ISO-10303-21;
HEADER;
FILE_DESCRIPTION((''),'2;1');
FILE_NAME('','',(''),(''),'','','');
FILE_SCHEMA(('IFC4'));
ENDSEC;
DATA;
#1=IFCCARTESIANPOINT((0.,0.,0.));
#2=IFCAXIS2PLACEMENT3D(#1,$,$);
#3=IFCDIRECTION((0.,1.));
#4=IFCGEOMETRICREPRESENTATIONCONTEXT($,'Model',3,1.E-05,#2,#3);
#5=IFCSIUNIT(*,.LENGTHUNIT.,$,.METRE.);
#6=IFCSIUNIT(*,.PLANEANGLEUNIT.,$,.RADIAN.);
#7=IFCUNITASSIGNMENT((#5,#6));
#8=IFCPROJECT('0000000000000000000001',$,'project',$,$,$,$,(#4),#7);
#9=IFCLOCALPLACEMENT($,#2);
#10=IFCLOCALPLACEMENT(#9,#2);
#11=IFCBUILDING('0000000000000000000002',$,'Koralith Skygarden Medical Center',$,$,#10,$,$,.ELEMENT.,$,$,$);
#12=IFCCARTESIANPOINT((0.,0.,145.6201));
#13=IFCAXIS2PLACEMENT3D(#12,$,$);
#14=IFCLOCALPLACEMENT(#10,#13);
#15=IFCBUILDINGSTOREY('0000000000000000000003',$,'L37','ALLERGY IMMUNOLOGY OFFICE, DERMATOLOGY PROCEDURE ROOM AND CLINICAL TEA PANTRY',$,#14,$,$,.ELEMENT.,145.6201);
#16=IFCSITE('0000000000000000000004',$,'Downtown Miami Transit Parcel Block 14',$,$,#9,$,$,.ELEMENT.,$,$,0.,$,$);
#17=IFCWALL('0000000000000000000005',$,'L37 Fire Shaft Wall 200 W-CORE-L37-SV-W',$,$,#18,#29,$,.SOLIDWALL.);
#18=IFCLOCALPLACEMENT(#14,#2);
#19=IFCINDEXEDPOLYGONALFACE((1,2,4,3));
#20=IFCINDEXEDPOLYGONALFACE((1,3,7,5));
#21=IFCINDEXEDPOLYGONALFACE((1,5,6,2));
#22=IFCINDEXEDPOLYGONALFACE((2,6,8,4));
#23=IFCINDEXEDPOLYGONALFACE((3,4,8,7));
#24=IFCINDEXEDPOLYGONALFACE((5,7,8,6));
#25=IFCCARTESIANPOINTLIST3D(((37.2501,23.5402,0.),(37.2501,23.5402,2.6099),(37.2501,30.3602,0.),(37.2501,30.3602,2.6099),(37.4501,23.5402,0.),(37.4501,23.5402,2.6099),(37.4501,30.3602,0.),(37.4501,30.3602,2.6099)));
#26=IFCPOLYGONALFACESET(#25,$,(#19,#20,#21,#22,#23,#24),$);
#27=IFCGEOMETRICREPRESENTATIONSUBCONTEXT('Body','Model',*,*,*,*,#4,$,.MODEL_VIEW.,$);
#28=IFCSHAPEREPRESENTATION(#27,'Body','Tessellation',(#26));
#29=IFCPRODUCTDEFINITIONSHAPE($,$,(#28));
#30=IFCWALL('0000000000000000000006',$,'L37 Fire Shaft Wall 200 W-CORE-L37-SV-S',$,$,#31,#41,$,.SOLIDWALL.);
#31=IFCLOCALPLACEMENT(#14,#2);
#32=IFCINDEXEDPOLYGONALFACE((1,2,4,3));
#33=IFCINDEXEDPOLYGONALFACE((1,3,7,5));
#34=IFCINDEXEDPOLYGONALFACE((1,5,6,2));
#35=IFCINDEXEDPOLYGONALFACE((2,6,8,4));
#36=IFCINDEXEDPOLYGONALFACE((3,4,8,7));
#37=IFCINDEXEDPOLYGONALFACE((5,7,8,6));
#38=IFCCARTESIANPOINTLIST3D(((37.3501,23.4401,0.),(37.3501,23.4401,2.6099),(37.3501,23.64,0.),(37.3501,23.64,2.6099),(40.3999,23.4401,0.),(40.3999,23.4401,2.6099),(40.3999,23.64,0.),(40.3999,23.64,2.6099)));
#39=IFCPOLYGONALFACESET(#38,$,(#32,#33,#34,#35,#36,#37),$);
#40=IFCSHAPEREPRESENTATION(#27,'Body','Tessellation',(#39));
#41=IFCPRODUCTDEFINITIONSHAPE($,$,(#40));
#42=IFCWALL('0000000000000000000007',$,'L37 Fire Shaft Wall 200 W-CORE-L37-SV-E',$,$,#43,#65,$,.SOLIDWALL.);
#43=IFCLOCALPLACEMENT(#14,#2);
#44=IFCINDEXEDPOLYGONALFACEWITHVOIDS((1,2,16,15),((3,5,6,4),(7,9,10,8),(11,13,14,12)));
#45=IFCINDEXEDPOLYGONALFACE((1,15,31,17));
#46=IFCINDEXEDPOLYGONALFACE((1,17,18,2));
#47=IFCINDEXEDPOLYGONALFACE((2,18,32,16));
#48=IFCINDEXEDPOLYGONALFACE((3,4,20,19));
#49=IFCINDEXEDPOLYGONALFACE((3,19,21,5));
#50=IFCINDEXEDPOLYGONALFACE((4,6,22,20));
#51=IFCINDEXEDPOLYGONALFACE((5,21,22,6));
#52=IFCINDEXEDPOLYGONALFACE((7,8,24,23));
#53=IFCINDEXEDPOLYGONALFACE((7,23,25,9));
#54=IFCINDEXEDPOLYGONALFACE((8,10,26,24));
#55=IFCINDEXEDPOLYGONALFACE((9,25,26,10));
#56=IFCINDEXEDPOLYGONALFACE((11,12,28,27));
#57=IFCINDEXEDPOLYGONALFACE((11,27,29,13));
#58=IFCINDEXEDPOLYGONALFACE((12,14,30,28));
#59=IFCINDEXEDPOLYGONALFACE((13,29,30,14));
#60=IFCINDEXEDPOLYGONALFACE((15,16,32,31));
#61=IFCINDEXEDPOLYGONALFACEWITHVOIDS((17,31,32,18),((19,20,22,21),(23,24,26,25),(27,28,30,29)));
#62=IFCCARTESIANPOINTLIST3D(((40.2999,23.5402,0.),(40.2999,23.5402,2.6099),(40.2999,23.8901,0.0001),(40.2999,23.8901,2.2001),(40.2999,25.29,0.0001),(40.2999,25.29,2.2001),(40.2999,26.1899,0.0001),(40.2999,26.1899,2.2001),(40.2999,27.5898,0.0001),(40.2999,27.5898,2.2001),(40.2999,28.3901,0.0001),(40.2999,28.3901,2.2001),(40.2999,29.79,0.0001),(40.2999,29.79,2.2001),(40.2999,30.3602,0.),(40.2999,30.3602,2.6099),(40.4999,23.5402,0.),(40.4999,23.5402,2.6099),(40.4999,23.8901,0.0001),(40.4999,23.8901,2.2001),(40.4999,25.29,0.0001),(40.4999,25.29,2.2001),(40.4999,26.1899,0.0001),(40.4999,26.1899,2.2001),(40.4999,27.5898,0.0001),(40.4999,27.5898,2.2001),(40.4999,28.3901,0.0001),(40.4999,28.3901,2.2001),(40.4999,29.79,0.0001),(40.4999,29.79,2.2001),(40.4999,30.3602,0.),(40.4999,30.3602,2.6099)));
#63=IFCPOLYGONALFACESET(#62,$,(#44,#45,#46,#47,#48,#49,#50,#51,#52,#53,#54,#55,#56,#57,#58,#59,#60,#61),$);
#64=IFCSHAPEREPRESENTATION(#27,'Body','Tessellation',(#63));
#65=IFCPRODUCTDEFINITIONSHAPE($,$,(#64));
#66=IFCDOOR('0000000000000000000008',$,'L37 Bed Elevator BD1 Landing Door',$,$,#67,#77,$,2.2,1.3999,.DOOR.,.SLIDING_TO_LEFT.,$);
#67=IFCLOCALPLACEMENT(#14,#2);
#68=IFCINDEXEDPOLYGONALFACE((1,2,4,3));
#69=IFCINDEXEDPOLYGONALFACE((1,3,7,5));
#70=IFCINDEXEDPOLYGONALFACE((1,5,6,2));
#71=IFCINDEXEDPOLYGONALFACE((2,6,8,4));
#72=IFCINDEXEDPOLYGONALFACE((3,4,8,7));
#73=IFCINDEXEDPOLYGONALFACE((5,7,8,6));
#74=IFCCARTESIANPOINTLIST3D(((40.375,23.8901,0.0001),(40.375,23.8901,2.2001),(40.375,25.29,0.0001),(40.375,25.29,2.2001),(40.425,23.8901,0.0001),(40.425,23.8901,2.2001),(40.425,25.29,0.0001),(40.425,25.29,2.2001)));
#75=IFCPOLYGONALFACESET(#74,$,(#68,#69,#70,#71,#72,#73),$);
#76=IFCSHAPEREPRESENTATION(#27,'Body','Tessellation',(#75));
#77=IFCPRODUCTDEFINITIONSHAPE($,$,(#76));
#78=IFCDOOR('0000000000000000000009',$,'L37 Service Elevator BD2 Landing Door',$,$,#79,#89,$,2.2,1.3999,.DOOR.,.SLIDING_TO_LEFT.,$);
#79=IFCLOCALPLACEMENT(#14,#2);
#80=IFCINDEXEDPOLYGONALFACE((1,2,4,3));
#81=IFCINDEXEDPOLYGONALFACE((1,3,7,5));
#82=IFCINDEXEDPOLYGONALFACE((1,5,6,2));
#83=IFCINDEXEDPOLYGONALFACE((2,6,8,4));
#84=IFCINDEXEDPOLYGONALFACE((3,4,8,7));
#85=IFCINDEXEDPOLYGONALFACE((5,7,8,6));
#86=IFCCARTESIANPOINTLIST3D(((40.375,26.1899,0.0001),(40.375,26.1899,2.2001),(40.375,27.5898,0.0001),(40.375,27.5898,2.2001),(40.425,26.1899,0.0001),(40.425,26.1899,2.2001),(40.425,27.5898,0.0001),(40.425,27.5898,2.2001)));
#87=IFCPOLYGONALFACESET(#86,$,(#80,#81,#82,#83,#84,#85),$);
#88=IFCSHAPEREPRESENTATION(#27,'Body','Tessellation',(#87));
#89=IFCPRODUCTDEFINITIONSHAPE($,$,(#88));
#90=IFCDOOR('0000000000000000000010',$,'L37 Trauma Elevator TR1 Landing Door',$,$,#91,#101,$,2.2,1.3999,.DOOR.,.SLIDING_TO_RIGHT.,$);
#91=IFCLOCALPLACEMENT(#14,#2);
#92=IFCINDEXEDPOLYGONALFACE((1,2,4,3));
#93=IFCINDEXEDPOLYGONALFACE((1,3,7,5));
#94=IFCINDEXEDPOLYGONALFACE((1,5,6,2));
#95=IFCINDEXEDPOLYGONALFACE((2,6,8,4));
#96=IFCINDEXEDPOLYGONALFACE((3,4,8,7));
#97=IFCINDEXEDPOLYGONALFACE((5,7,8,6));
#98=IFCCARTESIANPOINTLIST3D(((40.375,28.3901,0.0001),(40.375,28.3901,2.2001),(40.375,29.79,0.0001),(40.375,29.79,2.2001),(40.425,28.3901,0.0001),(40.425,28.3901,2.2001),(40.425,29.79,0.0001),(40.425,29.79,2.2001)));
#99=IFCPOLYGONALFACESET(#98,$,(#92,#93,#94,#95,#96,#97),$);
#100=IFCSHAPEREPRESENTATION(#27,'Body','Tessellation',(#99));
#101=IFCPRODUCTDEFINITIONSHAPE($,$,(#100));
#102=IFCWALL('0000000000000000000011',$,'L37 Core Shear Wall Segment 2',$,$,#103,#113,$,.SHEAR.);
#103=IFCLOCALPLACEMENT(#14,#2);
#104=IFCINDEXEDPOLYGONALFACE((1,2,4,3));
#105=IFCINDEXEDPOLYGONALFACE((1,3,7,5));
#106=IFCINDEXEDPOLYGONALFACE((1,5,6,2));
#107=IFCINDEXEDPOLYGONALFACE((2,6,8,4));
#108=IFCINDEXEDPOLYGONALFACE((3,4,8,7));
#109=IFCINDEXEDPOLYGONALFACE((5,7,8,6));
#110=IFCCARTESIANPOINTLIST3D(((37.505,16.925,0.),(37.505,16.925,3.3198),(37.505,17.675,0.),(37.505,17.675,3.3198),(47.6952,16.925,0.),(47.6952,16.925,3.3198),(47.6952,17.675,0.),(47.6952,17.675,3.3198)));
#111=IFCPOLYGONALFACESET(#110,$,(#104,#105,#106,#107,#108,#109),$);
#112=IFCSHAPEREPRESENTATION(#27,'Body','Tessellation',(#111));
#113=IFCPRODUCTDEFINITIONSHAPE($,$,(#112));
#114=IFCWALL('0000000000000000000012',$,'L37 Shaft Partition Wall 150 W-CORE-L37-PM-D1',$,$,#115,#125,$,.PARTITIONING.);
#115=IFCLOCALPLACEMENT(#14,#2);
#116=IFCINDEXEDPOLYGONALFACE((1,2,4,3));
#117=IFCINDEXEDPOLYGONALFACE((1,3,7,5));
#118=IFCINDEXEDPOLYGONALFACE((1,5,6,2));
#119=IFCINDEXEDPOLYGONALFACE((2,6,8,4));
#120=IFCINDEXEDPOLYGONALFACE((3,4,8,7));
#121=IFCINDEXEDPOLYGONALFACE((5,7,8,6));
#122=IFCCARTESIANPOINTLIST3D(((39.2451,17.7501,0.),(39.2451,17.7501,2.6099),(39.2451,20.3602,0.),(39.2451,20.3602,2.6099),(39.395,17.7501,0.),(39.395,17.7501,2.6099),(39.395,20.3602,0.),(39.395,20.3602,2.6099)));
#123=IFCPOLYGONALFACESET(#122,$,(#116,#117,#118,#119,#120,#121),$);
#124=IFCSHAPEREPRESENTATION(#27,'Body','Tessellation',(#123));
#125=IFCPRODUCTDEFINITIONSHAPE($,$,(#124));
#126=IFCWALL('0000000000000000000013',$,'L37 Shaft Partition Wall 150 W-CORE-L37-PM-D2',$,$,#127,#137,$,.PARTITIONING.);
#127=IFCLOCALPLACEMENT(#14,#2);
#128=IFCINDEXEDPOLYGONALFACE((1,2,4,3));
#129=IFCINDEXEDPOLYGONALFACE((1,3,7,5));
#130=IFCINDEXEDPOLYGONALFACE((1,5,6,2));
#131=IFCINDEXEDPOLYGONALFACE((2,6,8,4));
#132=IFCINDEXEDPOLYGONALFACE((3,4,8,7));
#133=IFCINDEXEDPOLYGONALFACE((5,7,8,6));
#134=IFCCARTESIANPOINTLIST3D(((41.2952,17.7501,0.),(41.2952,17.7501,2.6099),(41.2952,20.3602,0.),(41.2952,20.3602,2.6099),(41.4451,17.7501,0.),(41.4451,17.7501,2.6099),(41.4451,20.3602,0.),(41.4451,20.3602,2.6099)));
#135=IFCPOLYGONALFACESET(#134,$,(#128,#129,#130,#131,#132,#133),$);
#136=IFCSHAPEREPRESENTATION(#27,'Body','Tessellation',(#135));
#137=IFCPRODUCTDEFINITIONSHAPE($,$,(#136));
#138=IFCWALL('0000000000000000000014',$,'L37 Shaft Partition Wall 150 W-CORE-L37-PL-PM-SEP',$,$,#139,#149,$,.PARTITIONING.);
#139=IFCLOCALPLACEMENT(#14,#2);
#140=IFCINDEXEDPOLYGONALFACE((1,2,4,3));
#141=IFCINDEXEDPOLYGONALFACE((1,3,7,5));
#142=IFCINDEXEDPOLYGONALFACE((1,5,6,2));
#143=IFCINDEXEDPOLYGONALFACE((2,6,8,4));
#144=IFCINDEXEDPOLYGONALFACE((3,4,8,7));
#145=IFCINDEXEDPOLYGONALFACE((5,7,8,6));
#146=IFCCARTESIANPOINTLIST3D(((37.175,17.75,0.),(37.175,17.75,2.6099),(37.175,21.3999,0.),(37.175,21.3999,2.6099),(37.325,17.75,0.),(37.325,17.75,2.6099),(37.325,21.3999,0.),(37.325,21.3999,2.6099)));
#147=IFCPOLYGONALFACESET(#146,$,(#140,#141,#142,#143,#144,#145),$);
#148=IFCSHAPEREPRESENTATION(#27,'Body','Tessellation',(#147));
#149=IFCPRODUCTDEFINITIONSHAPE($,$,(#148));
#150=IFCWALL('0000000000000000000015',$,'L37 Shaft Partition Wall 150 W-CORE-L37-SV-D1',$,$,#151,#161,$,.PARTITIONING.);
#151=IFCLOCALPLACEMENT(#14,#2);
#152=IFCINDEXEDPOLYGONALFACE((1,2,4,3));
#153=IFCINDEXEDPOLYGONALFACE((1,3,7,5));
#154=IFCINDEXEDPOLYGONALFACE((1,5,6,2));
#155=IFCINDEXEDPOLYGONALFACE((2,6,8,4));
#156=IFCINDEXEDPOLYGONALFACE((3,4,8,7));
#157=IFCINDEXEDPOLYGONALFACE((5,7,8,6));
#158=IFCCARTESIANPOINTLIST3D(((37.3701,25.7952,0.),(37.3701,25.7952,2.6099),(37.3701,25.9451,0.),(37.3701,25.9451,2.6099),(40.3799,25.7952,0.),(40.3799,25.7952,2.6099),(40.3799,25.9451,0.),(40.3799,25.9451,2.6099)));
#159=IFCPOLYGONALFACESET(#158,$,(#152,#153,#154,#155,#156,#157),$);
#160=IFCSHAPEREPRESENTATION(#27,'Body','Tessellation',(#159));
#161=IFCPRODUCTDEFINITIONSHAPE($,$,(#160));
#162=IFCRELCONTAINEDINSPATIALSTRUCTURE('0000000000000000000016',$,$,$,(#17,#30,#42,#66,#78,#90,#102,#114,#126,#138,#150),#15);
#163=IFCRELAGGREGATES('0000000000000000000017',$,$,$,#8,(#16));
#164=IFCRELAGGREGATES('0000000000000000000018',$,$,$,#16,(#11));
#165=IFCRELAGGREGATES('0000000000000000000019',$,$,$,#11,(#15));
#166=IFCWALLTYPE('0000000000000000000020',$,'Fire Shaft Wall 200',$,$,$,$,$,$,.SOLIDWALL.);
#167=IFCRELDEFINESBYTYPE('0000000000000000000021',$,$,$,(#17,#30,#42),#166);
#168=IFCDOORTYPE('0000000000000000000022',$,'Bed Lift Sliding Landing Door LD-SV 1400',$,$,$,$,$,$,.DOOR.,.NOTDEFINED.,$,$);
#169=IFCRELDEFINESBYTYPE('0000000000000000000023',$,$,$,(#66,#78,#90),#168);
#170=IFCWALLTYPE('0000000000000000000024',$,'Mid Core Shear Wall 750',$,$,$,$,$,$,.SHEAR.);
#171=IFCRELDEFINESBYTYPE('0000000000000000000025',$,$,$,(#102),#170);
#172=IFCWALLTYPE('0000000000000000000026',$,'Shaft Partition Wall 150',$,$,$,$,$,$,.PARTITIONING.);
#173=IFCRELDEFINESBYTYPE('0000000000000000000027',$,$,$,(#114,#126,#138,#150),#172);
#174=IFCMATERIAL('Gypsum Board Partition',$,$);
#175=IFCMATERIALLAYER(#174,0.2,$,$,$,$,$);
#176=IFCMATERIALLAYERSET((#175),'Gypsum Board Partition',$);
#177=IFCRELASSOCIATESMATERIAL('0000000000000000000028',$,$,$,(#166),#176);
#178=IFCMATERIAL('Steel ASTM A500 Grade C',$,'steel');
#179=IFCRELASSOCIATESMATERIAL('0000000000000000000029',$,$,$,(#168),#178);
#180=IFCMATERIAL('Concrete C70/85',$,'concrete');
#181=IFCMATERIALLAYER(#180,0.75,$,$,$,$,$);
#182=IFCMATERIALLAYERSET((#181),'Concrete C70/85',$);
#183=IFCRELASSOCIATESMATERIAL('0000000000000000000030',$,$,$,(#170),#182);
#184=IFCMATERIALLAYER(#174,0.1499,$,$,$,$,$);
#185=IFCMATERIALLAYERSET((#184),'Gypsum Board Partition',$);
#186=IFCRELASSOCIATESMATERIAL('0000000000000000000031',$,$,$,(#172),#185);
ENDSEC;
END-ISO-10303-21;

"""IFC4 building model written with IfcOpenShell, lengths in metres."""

from ifc_helpers import new_model, si_unit, direction, frame, frame_2d, origin, place, context, subcontext, project, spatial, rectangle, extrude, material, layer, layer_set, type_object, element, fill, save


model = new_model("IFC4")

# Units and contexts
model_context = context("Model", 3, precision=1e-05, world=origin(), true_north=direction((0.0, 1.0)))
body_context = subcontext(model_context, "Body", "Model", "MODEL_VIEW")
ifc_project = project(units=[si_unit("LENGTHUNIT", "METRE"), si_unit("PLANEANGLEUNIT", "RADIAN")], contexts=[model_context])

# Site, building, storey
site_placement = place(None, origin())
site = spatial("IfcSite", under=ifc_project, at=site_placement, Name="Downtown Miami Transit Parcel Block 14", CompositionType="ELEMENT", RefElevation=0.0)
building_placement = place(site_placement, origin())
building = spatial("IfcBuilding", under=site, at=building_placement, Name="Koralith Skygarden Medical Center", CompositionType="ELEMENT")
storey_placement = place(building_placement, frame((0.0, 0.0, 145.6201)))
storey = spatial("IfcBuildingStorey", under=building, at=storey_placement, Name="L37", Description="ALLERGY IMMUNOLOGY OFFICE, DERMATOLOGY PROCEDURE ROOM AND CLINICAL TEA PANTRY", CompositionType="ELEMENT", Elevation=145.6201)

# Shared definitions
ifc_material_1 = material(Name="Gypsum Board Partition")

# Shared definitions
ifc_layer_1 = layer(ifc_material_1, 0.2)
ifc_layer_set_1 = layer_set([ifc_layer_1], Name="Gypsum Board Partition")
wall_type_1 = type_object("IfcWallType", Name="Fire Shaft Wall 200", PredefinedType="SOLIDWALL", material=ifc_layer_set_1)
ifc_material_2 = material(Name="Steel ASTM A500 Grade C", Category="steel")

# Walls
wall_1_placement = place(storey_placement, frame((37.3501, 23.54, 0.0), z_axis=(0.0, 0.0, 1.0), x_axis=(0.0, 1.0, 0.0)))
element("IfcWall", 1, at=wall_1_placement, inside=storey, type_object=wall_type_1, Name="L37 Fire Shaft Wall 200 W-CORE-L37-SV-W", PredefinedType="SOLIDWALL", context=body_context, shape_type="SweptSolid", body=[
    extrude(rectangle(XDim=6.8201, YDim=0.2, at=frame_2d((3.4102, 0.0))), origin(), (0.0, 0.0, 1.0), 2.6099),
])
wall_2_placement = place(storey_placement, frame((37.3501, 23.54, 0.0), z_axis=(0.0, 0.0, 1.0), x_axis=(1.0, 0.0, 0.0)))
element("IfcWall", 2, at=wall_2_placement, inside=storey, type_object=wall_type_1, Name="L37 Fire Shaft Wall 200 W-CORE-L37-SV-S", PredefinedType="SOLIDWALL", context=body_context, shape_type="SweptSolid", body=[
    extrude(rectangle(XDim=3.0498, YDim=0.2, at=frame_2d((1.5249, 0.0))), origin(), (0.0, 0.0, 1.0), 2.6099),
])

# Wall, openings, doors
wall_3_placement = place(storey_placement, frame((40.3999, 23.54, 0.0), z_axis=(0.0, 0.0, 1.0), x_axis=(0.0, 1.0, 0.0)))
wall_3 = element("IfcWall", 3, at=wall_3_placement, inside=storey, type_object=wall_type_1, Name="L37 Fire Shaft Wall 200 W-CORE-L37-SV-E", PredefinedType="SOLIDWALL", context=body_context, shape_type="SweptSolid", body=[
    extrude(rectangle(XDim=6.8201, YDim=0.2, at=frame_2d((3.4102, 0.0))), origin(), (0.0, 0.0, 1.0), 2.6099),
])
opening_1_placement = place(wall_3_placement, frame((0.3501, 0.0, 0.0)))
opening_1 = element("IfcOpeningElement", 4, at=opening_1_placement, cuts=wall_3, PredefinedType="OPENING", context=body_context, shape_type="SweptSolid", body=[
    extrude(rectangle(XDim=1.3999, YDim=2.2, at=frame_2d((0.7, 1.1001))), frame((0.0, 0.1099, 0.0), z_axis=(0.0, -1.0, 0.0), x_axis=(1.0, 0.0, 0.0)), (0.0, 0.0, 1.0), 0.22),
])
opening_2_placement = place(wall_3_placement, frame((2.6499, 0.0, 0.0)))
opening_2 = element("IfcOpeningElement", 5, at=opening_2_placement, cuts=wall_3, PredefinedType="OPENING", context=body_context, shape_type="SweptSolid", body=[
    extrude(rectangle(XDim=1.3999, YDim=2.2, at=frame_2d((0.7, 1.1001))), frame((0.0, 0.1099, 0.0), z_axis=(0.0, -1.0, 0.0), x_axis=(1.0, 0.0, 0.0)), (0.0, 0.0, 1.0), 0.22),
])
opening_3_placement = place(wall_3_placement, frame((4.8501, 0.0, 0.0)))
opening_3 = element("IfcOpeningElement", 6, at=opening_3_placement, cuts=wall_3, PredefinedType="OPENING", context=body_context, shape_type="SweptSolid", body=[
    extrude(rectangle(XDim=1.3999, YDim=2.2, at=frame_2d((0.7, 1.1001))), frame((0.0, 0.1099, 0.0), z_axis=(0.0, -1.0, 0.0), x_axis=(1.0, 0.0, 0.0)), (0.0, 0.0, 1.0), 0.22),
])
door_type_1 = type_object("IfcDoorType", Name="Bed Lift Sliding Landing Door LD-SV 1400", OperationType="NOTDEFINED", PredefinedType="DOOR", material=ifc_material_2)
door_1_placement = place(opening_1_placement, origin())
door_1 = element("IfcDoor", 7, at=door_1_placement, inside=storey, type_object=door_type_1, Name="L37 Bed Elevator BD1 Landing Door", OperationType="SLIDING_TO_LEFT", OverallHeight=2.2, OverallWidth=1.3999, PredefinedType="DOOR", context=body_context, shape_type="SweptSolid", body=[
    extrude(rectangle(XDim=1.3999, YDim=2.2, at=frame_2d((0.7, 1.1001))), frame((0.0, 0.0249, 0.0), z_axis=(0.0, -1.0, 0.0), x_axis=(1.0, 0.0, 0.0)), (0.0, 0.0, 1.0), 0.05),
])
fill(opening_1, door_1)
door_2_placement = place(opening_2_placement, origin())
door_2 = element("IfcDoor", 8, at=door_2_placement, inside=storey, type_object=door_type_1, Name="L37 Service Elevator BD2 Landing Door", OperationType="SLIDING_TO_LEFT", OverallHeight=2.2, OverallWidth=1.3999, PredefinedType="DOOR", context=body_context, shape_type="SweptSolid", body=[
    extrude(rectangle(XDim=1.3999, YDim=2.2, at=frame_2d((0.7, 1.1001))), frame((0.0, 0.0249, 0.0), z_axis=(0.0, -1.0, 0.0), x_axis=(1.0, 0.0, 0.0)), (0.0, 0.0, 1.0), 0.05),
])
fill(opening_2, door_2)
door_3_placement = place(opening_3_placement, origin())
door_3 = element("IfcDoor", 9, at=door_3_placement, inside=storey, type_object=door_type_1, Name="L37 Trauma Elevator TR1 Landing Door", OperationType="SLIDING_TO_RIGHT", OverallHeight=2.2, OverallWidth=1.3999, PredefinedType="DOOR", context=body_context, shape_type="SweptSolid", body=[
    extrude(rectangle(XDim=1.3999, YDim=2.2, at=frame_2d((0.7, 1.1001))), frame((0.0, 0.0249, 0.0), z_axis=(0.0, -1.0, 0.0), x_axis=(1.0, 0.0, 0.0)), (0.0, 0.0, 1.0), 0.05),
])
fill(opening_3, door_3)

# Walls
ifc_material_3 = material(Name="Concrete C70/85", Category="concrete")
ifc_layer_2 = layer(ifc_material_3, 0.75)
ifc_layer_set_2 = layer_set([ifc_layer_2], Name="Concrete C70/85")
wall_type_2 = type_object("IfcWallType", Name="Mid Core Shear Wall 750", PredefinedType="SHEAR", material=ifc_layer_set_2)
wall_4_placement = place(storey_placement, frame((37.5049, 17.3, 0.0), z_axis=(0.0, 0.0, 1.0), x_axis=(1.0, 0.0, 0.0)))
element("IfcWall", 10, at=wall_4_placement, inside=storey, type_object=wall_type_2, Name="L37 Core Shear Wall Segment 2", PredefinedType="SHEAR", context=body_context, shape_type="SweptSolid", body=[
    extrude(rectangle(XDim=10.1902, YDim=0.75, at=frame_2d((5.0952, 0.0))), origin(), (0.0, 0.0, 1.0), 3.3198),
])
ifc_layer_3 = layer(ifc_material_1, 0.1499)
ifc_layer_set_3 = layer_set([ifc_layer_3], Name="Gypsum Board Partition")
wall_type_3 = type_object("IfcWallType", Name="Shaft Partition Wall 150", PredefinedType="PARTITIONING", material=ifc_layer_set_3)
for number, where, z_axis, x_axis, name in (
    (11, (39.3201, 17.75, 0.0), (0.0, 0.0, 1.0), (0.0, 1.0, 0.0), "L37 Shaft Partition Wall 150 W-CORE-L37-PM-D1"),
    (12, (41.3701, 17.75, 0.0), (0.0, 0.0, 1.0), (0.0, 1.0, 0.0), "L37 Shaft Partition Wall 150 W-CORE-L37-PM-D2"),
):
    element("IfcWall", number, at=place(storey_placement, frame(where, z_axis=z_axis, x_axis=x_axis)), inside=storey, type_object=wall_type_3, Name=name, PredefinedType="PARTITIONING", context=body_context, shape_type="SweptSolid", body=[
        extrude(rectangle(XDim=2.6101, YDim=0.1499, at=frame_2d((1.3052, 0.0))), origin(), (0.0, 0.0, 1.0), 2.6099),
    ])
wall_5_placement = place(storey_placement, frame((37.25, 17.75, 0.0), z_axis=(0.0, 0.0, 1.0), x_axis=(0.0, 1.0, 0.0)))
element("IfcWall", 13, at=wall_5_placement, inside=storey, type_object=wall_type_3, Name="L37 Shaft Partition Wall 150 W-CORE-L37-PL-PM-SEP", PredefinedType="PARTITIONING", context=body_context, shape_type="SweptSolid", body=[
    extrude(rectangle(XDim=3.6499, YDim=0.1499, at=frame_2d((1.825, 0.0))), origin(), (0.0, 0.0, 1.0), 2.6099),
])
wall_6_placement = place(storey_placement, frame((37.3701, 25.8701, 0.0), z_axis=(0.0, 0.0, 1.0), x_axis=(1.0, 0.0, 0.0)))
element("IfcWall", 14, at=wall_6_placement, inside=storey, type_object=wall_type_3, Name="L37 Shaft Partition Wall 150 W-CORE-L37-SV-D1", PredefinedType="PARTITIONING", context=body_context, shape_type="SweptSolid", body=[
    extrude(rectangle(XDim=3.0098, YDim=0.1499, at=frame_2d((1.5049, 0.0))), origin(), (0.0, 0.0, 1.0), 2.6099),
])

save(model, "model.ifc")
